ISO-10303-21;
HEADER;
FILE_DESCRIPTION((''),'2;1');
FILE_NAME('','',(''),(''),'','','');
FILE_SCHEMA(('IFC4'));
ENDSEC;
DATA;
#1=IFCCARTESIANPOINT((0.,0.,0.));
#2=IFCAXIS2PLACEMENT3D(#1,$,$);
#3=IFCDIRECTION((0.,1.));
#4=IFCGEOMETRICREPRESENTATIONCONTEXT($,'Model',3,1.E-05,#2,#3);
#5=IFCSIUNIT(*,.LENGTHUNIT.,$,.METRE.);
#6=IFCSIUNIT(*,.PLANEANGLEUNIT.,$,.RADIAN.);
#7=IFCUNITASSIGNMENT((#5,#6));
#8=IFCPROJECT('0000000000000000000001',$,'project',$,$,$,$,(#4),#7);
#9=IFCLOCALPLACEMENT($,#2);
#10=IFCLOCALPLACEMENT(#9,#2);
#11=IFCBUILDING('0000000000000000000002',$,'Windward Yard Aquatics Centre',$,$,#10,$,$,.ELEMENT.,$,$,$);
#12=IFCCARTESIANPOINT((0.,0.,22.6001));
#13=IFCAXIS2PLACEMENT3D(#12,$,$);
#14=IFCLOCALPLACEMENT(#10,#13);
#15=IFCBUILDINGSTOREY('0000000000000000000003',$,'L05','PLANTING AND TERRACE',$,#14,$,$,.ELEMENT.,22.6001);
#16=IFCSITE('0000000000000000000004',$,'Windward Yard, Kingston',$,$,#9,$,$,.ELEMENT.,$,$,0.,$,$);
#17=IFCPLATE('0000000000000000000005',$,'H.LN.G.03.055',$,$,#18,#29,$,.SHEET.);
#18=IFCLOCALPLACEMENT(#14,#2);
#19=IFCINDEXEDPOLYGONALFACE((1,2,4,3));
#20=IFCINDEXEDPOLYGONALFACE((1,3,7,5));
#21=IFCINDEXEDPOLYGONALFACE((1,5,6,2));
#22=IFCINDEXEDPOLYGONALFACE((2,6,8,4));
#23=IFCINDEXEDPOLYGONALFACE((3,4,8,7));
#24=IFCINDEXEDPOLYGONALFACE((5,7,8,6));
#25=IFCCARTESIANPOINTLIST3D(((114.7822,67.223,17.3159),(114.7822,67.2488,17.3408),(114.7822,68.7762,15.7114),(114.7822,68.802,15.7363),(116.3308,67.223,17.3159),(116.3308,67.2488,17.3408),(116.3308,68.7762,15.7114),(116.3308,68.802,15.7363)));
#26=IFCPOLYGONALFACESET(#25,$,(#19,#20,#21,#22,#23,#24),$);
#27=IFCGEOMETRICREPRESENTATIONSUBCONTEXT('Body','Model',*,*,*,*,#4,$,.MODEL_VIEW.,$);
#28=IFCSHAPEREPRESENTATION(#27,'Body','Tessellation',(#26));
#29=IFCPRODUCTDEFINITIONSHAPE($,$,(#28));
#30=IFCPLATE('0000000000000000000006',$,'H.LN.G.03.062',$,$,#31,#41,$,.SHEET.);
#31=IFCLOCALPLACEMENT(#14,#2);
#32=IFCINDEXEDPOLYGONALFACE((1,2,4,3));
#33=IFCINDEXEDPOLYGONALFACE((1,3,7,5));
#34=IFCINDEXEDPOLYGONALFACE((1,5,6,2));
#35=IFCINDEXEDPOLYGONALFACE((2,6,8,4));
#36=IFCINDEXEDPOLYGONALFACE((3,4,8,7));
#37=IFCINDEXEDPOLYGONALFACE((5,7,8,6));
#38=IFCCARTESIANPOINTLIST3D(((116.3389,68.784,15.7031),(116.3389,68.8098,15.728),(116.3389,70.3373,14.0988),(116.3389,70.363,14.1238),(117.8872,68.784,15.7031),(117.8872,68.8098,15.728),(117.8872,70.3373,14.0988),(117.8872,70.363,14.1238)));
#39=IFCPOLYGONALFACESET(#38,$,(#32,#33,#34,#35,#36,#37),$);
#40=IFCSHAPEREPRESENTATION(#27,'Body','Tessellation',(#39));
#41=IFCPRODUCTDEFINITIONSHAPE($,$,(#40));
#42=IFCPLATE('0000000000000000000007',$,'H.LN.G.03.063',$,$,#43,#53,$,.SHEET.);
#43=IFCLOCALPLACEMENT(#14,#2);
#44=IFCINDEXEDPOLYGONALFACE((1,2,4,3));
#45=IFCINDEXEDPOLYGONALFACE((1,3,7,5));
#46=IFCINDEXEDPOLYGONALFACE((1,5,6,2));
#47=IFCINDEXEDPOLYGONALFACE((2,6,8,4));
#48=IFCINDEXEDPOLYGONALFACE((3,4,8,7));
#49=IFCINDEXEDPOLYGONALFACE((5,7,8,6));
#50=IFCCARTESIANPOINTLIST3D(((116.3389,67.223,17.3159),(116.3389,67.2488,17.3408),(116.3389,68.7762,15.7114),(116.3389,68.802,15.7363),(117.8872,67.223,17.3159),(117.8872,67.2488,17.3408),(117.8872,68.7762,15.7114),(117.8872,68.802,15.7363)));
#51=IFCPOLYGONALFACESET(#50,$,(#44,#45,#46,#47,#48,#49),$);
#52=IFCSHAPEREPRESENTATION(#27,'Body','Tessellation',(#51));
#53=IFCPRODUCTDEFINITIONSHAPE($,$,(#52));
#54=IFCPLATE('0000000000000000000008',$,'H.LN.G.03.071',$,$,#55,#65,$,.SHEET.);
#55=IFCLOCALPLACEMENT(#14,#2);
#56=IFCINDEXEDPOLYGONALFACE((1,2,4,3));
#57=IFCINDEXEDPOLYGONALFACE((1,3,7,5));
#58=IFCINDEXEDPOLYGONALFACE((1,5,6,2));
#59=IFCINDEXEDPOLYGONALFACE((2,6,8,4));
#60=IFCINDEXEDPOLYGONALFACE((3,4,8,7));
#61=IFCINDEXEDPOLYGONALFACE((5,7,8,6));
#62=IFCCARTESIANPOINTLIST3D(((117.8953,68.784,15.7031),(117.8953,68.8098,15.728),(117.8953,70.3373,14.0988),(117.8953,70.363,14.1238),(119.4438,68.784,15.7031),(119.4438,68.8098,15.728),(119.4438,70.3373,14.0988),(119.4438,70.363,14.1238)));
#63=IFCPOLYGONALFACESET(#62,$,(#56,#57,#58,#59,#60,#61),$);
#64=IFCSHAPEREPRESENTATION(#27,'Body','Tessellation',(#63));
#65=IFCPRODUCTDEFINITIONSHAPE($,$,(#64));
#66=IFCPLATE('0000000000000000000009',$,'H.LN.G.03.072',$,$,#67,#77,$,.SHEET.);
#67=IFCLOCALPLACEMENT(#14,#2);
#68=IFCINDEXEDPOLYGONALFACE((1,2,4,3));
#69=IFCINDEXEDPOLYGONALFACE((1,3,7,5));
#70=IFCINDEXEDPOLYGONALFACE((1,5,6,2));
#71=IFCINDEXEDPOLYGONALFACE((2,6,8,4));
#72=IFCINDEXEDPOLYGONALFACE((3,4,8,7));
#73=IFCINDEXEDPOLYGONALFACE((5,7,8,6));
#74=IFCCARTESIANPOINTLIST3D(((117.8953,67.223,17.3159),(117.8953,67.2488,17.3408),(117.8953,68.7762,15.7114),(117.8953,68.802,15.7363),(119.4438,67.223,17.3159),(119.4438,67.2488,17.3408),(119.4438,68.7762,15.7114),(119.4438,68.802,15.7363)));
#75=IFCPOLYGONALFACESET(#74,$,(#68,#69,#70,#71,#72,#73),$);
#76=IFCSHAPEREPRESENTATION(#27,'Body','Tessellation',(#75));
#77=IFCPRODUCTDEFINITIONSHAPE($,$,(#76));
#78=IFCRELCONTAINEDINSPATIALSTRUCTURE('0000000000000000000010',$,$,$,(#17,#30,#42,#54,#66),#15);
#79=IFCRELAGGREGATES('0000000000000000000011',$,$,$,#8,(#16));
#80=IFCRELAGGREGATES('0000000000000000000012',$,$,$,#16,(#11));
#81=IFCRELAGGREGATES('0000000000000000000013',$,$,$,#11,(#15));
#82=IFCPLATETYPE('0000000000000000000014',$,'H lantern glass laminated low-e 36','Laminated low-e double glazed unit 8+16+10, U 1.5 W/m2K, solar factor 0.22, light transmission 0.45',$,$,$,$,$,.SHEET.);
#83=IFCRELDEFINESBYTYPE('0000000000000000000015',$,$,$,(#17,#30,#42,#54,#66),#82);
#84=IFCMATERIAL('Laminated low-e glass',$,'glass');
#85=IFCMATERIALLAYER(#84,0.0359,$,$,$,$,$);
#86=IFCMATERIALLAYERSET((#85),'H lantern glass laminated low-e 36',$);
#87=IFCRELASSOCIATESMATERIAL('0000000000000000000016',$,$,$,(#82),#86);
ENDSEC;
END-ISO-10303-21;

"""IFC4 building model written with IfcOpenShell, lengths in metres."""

from ifc_helpers import new_model, si_unit, direction, frame, origin, place, context, subcontext, project, spatial, polyline, outline, extrude, material, layer, layer_set, type_object, element, save


model = new_model("IFC4")

# Units and contexts
model_context = context("Model", 3, precision=1e-05, world=origin(), true_north=direction((0.0, 1.0)))
body_context = subcontext(model_context, "Body", "Model", "MODEL_VIEW")
ifc_project = project(units=[si_unit("LENGTHUNIT", "METRE"), si_unit("PLANEANGLEUNIT", "RADIAN")], contexts=[model_context])

# Site, building, storey
site_placement = place(None, origin())
site = spatial("IfcSite", under=ifc_project, at=site_placement, Name="Windward Yard, Kingston", CompositionType="ELEMENT", RefElevation=0.0)
building_placement = place(site_placement, origin())
building = spatial("IfcBuilding", under=site, at=building_placement, Name="Windward Yard Aquatics Centre", CompositionType="ELEMENT")
storey_placement = place(building_placement, frame((0.0, 0.0, 22.6001)))
storey = spatial("IfcBuildingStorey", under=building, at=storey_placement, Name="L05", Description="PLANTING AND TERRACE", CompositionType="ELEMENT", Elevation=22.6001)

# Plates
ifc_material_1 = material(Name="Laminated low-e glass", Category="glass")
ifc_layer = layer(ifc_material_1, 0.0359)
ifc_layer_set = layer_set([ifc_layer], Name="H lantern glass laminated low-e 36")
plate_type = type_object("IfcPlateType", Name="H lantern glass laminated low-e 36", Description="Laminated low-e double glazed unit 8+16+10, U 1.5 W/m2K, solar factor 0.22, light transmission 0.45", PredefinedType="SHEET", material=ifc_layer_set)
plate_1_placement = place(storey_placement, frame((114.7822, 67.2488, 17.3408), z_axis=(0.0, 0.718493, 0.695534), x_axis=(0.0, 0.695534, -0.718493)))
element("IfcPlate", 1, at=plate_1_placement, inside=storey, type_object=plate_type, Name="H.LN.G.03.055", PredefinedType="SHEET", context=body_context, shape_type="SweptSolid", body=[
    extrude(outline(polyline([(0.0, 0.0), (2.2331, 0.0), (2.2331, -1.5486), (0.0, -1.5486), (0.0, 0.0)])), origin(), (0.0, 0.0, -1.0), 0.0359),
])
plate_2_placement = place(storey_placement, frame((116.3389, 68.8098, 15.728), z_axis=(0.0, 0.71844, 0.695589), x_axis=(0.0, 0.695589, -0.71844)))
element("IfcPlate", 2, at=plate_2_placement, inside=storey, type_object=plate_type, Name="H.LN.G.03.062", PredefinedType="SHEET", context=body_context, shape_type="SweptSolid", body=[
    extrude(outline(polyline([(0.0, 0.0), (2.233, 0.0), (2.233, -1.5483), (0.0, -1.5483), (0.0, 0.0)])), origin(), (0.0, 0.0, -1.0), 0.0359),
])
plate_3_placement = place(storey_placement, frame((116.3389, 67.2488, 17.3408), z_axis=(0.0, 0.718493, 0.695534), x_axis=(0.0, 0.695534, -0.718493)))
element("IfcPlate", 3, at=plate_3_placement, inside=storey, type_object=plate_type, Name="H.LN.G.03.063", PredefinedType="SHEET", context=body_context, shape_type="SweptSolid", body=[
    extrude(outline(polyline([(0.0, 0.0), (2.2331, 0.0), (2.2331, -1.5483), (0.0, -1.5483), (0.0, 0.0)])), origin(), (0.0, 0.0, -1.0), 0.0359),
])
plate_4_placement = place(storey_placement, frame((117.8953, 68.8098, 15.728), z_axis=(0.0, 0.71844, 0.695589), x_axis=(0.0, 0.695589, -0.71844)))
element("IfcPlate", 4, at=plate_4_placement, inside=storey, type_object=plate_type, Name="H.LN.G.03.071", PredefinedType="SHEET", context=body_context, shape_type="SweptSolid", body=[
    extrude(outline(polyline([(0.0, 0.0), (2.233, 0.0), (2.233, -1.5486), (0.0, -1.5486), (0.0, 0.0)])), origin(), (0.0, 0.0, -1.0), 0.0359),
])
plate_5_placement = place(storey_placement, frame((117.8953, 67.2488, 17.3408), z_axis=(0.0, 0.718493, 0.695534), x_axis=(0.0, 0.695534, -0.718493)))
element("IfcPlate", 5, at=plate_5_placement, inside=storey, type_object=plate_type, Name="H.LN.G.03.072", PredefinedType="SHEET", context=body_context, shape_type="SweptSolid", body=[
    extrude(outline(polyline([(0.0, 0.0), (2.2331, 0.0), (2.2331, -1.5486), (0.0, -1.5486), (0.0, 0.0)])), origin(), (0.0, 0.0, -1.0), 0.0359),
])

save(model, "model.ifc")
